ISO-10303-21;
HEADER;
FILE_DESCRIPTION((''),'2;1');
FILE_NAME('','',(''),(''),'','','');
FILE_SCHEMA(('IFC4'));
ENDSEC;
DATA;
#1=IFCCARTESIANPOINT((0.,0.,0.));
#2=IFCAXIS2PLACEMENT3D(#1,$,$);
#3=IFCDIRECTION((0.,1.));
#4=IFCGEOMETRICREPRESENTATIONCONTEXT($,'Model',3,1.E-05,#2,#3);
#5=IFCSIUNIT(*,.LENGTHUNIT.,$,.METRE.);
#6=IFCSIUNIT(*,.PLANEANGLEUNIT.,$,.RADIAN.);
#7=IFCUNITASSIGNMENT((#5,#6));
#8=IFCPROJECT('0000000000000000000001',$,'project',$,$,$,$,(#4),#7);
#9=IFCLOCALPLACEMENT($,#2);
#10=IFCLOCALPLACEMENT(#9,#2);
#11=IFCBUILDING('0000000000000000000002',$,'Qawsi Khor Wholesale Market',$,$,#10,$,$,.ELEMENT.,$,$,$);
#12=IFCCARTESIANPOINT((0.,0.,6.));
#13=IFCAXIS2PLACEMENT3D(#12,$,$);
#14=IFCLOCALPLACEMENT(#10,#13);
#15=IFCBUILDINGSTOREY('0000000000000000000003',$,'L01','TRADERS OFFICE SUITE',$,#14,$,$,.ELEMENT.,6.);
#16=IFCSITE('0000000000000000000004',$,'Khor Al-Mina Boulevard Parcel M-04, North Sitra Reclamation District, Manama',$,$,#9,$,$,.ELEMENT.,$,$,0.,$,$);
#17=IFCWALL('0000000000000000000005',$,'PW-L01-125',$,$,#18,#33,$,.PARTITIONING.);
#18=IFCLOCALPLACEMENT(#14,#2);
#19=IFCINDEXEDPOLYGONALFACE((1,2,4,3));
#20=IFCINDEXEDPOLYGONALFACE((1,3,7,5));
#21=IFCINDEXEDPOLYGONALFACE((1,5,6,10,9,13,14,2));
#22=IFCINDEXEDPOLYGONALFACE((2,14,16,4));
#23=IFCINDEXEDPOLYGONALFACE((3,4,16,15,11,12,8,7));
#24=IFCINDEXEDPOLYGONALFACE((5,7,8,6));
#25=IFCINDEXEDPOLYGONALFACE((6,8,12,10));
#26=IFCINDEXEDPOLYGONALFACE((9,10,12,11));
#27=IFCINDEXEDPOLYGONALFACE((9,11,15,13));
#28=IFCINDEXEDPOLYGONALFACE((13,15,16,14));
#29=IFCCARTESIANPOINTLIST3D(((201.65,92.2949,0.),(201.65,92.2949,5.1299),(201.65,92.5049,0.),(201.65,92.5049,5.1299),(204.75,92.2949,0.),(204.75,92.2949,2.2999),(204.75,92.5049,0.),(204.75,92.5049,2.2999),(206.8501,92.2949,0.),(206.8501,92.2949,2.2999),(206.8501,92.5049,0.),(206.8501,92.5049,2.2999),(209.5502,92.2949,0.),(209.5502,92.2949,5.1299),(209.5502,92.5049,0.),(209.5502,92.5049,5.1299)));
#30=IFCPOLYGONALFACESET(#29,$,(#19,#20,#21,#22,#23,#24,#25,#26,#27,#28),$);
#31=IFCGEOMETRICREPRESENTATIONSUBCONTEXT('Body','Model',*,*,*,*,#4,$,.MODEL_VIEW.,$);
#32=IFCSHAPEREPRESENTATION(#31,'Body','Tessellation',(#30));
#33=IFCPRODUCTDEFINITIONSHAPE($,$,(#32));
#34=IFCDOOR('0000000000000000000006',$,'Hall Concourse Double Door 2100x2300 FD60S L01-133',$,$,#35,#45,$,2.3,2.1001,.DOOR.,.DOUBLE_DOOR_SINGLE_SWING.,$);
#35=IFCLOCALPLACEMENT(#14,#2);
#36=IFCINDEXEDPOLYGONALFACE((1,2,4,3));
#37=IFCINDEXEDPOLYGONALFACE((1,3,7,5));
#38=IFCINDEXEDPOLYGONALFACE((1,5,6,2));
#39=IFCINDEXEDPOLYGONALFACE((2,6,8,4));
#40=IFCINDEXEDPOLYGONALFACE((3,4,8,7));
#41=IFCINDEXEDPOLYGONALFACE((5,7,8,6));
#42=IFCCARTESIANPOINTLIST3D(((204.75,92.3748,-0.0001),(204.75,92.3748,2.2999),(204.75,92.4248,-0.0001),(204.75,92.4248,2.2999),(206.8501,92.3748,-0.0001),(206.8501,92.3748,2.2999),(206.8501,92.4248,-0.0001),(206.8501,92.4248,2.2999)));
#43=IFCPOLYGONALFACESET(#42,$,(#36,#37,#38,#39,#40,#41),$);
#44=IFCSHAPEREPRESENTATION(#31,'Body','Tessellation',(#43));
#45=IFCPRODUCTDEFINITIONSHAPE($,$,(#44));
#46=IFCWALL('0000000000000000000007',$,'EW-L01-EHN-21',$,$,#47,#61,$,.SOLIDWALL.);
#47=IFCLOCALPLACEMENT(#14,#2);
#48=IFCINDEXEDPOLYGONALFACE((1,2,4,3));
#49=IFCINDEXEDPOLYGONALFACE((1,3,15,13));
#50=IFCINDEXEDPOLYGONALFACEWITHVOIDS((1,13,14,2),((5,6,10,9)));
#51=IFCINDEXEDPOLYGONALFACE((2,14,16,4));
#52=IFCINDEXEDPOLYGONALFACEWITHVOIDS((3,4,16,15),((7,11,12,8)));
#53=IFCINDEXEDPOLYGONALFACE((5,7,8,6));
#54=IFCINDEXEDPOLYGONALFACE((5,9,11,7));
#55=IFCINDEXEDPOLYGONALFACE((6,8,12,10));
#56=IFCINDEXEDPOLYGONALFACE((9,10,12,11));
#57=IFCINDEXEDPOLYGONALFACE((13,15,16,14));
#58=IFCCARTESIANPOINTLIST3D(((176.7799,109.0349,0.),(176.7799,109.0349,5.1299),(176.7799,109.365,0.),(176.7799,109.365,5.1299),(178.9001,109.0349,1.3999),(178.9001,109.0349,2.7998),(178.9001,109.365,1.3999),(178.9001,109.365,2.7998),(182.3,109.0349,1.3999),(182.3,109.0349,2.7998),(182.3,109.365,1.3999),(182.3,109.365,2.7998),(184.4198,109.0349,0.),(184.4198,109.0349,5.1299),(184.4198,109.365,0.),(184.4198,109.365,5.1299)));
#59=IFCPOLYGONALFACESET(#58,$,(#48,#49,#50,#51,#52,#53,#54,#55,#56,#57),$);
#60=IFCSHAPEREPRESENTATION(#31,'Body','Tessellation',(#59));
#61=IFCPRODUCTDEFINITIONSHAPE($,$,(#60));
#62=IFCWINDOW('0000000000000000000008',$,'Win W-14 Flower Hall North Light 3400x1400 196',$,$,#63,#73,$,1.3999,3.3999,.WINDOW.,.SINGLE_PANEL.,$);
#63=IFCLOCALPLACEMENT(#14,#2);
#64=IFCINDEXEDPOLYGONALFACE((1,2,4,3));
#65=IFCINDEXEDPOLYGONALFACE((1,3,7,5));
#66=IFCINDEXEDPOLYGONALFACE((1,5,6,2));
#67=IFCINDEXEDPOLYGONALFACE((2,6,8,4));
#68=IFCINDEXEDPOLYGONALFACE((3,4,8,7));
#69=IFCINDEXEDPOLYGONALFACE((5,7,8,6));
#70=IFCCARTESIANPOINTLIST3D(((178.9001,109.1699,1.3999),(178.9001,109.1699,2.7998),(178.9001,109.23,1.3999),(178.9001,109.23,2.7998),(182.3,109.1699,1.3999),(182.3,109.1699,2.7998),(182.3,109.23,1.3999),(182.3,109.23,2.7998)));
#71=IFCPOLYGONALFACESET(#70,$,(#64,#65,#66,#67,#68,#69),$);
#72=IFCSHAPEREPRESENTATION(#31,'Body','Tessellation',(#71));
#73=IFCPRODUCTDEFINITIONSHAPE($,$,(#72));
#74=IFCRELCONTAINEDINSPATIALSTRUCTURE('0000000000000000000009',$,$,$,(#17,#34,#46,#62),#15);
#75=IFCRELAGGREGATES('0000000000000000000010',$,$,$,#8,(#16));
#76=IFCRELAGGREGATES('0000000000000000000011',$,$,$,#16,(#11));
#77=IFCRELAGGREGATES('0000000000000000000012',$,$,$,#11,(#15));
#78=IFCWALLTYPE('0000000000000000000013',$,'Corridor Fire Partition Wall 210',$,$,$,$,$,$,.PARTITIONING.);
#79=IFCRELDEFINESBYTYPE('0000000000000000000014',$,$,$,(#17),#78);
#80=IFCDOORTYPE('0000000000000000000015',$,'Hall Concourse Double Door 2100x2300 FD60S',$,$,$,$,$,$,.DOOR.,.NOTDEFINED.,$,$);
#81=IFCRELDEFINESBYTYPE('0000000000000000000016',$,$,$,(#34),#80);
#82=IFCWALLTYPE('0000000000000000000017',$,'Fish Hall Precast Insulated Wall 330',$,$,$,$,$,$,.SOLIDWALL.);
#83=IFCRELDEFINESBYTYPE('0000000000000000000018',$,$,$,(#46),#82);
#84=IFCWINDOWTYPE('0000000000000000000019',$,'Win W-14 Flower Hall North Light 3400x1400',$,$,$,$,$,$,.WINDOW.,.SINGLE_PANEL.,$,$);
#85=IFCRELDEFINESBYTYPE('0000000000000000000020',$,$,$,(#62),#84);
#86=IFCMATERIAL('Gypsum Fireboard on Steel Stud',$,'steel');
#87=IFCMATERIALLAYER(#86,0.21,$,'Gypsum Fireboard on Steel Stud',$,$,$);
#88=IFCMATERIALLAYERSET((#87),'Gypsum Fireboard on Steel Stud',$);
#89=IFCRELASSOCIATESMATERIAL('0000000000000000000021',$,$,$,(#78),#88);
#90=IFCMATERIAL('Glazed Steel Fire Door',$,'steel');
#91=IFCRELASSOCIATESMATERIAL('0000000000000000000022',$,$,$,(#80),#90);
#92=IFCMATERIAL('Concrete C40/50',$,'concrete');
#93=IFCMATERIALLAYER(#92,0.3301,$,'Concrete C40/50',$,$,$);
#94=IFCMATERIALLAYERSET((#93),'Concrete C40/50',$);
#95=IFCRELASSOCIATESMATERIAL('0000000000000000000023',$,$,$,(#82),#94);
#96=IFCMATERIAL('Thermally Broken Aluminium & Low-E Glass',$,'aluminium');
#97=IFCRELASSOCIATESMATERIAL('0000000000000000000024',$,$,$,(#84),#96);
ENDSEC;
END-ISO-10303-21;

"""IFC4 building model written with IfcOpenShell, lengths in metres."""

from ifc_helpers import new_model, si_unit, direction, frame, frame_2d, origin, place, context, subcontext, project, spatial, rectangle, extrude, material, layer, layer_set, type_object, element, fill, save


model = new_model("IFC4")

# Units and contexts
model_context = context("Model", 3, precision=1e-05, world=origin(), true_north=direction((0.0, 1.0)))
body_context = subcontext(model_context, "Body", "Model", "MODEL_VIEW")
ifc_project = project(units=[si_unit("LENGTHUNIT", "METRE"), si_unit("PLANEANGLEUNIT", "RADIAN")], contexts=[model_context])

# Site, building, storey
site_placement = place(None, origin())
site = spatial("IfcSite", under=ifc_project, at=site_placement, Name="Khor Al-Mina Boulevard Parcel M-04, North Sitra Reclamation District, Manama", CompositionType="ELEMENT", RefElevation=0.0)
building_placement = place(site_placement, origin())
building = spatial("IfcBuilding", under=site, at=building_placement, Name="Qawsi Khor Wholesale Market", CompositionType="ELEMENT")
storey_placement = place(building_placement, frame((0.0, 0.0, 6.0)))
storey = spatial("IfcBuildingStorey", under=building, at=storey_placement, Name="L01", Description="TRADERS OFFICE SUITE", CompositionType="ELEMENT", Elevation=6.0)

# Shared definitions
ifc_material_1 = material(Name="Concrete C40/50", Category="concrete")

# Wall, opening, door
ifc_material_2 = material(Name="Gypsum Fireboard on Steel Stud", Category="steel")
ifc_layer_1 = layer(ifc_material_2, 0.21, Name="Gypsum Fireboard on Steel Stud")
ifc_layer_set_1 = layer_set([ifc_layer_1], Name="Gypsum Fireboard on Steel Stud")
wall_type_1 = type_object("IfcWallType", Name="Corridor Fire Partition Wall 210", PredefinedType="PARTITIONING", material=ifc_layer_set_1)
wall_1_placement = place(storey_placement, frame((201.6499, 92.3999, 0.0), z_axis=(0.0, 0.0, 1.0), x_axis=(1.0, 0.0, 0.0)))
wall_1 = element("IfcWall", 1, at=wall_1_placement, inside=storey, type_object=wall_type_1, Name="PW-L01-125", PredefinedType="PARTITIONING", context=body_context, shape_type="SweptSolid", body=[
    extrude(rectangle(XDim=7.9001, YDim=0.21, at=frame_2d((3.9502, 0.0))), origin(), (0.0, 0.0, 1.0), 5.1299),
])
opening_1_placement = place(wall_1_placement, frame((3.1001, 0.0, 0.0)))
opening_1 = element("IfcOpeningElement", 2, at=opening_1_placement, cuts=wall_1, PredefinedType="OPENING", context=body_context, shape_type="SweptSolid", body=[
    extrude(rectangle(XDim=2.1001, YDim=2.3, at=frame_2d((1.05, 1.1499))), frame((0.0, 0.115, 0.0), z_axis=(0.0, -1.0, 0.0), x_axis=(1.0, 0.0, 0.0)), (0.0, 0.0, 1.0), 0.23),
])
ifc_material_3 = material(Name="Glazed Steel Fire Door", Category="steel")
door_type = type_object("IfcDoorType", Name="Hall Concourse Double Door 2100x2300 FD60S", OperationType="NOTDEFINED", PredefinedType="DOOR", material=ifc_material_3)
door_placement = place(opening_1_placement, origin())
door = element("IfcDoor", 3, at=door_placement, inside=storey, type_object=door_type, Name="Hall Concourse Double Door 2100x2300 FD60S L01-133", OperationType="DOUBLE_DOOR_SINGLE_SWING", OverallHeight=2.3, OverallWidth=2.1001, PredefinedType="DOOR", context=body_context, shape_type="SweptSolid", body=[
    extrude(rectangle(XDim=2.1001, YDim=2.3, at=frame_2d((1.05, 1.1499))), frame((0.0, 0.0249, 0.0), z_axis=(0.0, -1.0, 0.0), x_axis=(1.0, 0.0, 0.0)), (0.0, 0.0, 1.0), 0.05),
])
fill(opening_1, door)

# Wall, opening, window
ifc_layer_2 = layer(ifc_material_1, 0.3301, Name="Concrete C40/50")
ifc_layer_set_2 = layer_set([ifc_layer_2], Name="Concrete C40/50")
wall_type_2 = type_object("IfcWallType", Name="Fish Hall Precast Insulated Wall 330", PredefinedType="SOLIDWALL", material=ifc_layer_set_2)
wall_2_placement = place(storey_placement, frame((176.78, 109.2, 0.0), z_axis=(0.0, 0.0, 1.0), x_axis=(1.0, 0.0, 0.0)))
wall_2 = element("IfcWall", 4, at=wall_2_placement, inside=storey, type_object=wall_type_2, Name="EW-L01-EHN-21", PredefinedType="SOLIDWALL", context=body_context, shape_type="SweptSolid", body=[
    extrude(rectangle(XDim=7.6399, YDim=0.3301, at=frame_2d((3.8198, 0.0))), origin(), (0.0, 0.0, 1.0), 5.1299),
])
opening_2_placement = place(wall_2_placement, frame((2.1201, 0.0, 1.3999)))
opening_2 = element("IfcOpeningElement", 5, at=opening_2_placement, cuts=wall_2, PredefinedType="OPENING", context=body_context, shape_type="SweptSolid", body=[
    extrude(rectangle(XDim=3.3999, YDim=1.3999, at=frame_2d((1.7, 0.7))), frame((0.0, 0.175, 0.0), z_axis=(0.0, -1.0, 0.0), x_axis=(1.0, 0.0, 0.0)), (0.0, 0.0, 1.0), 0.3501),
])
ifc_material_4 = material(Name="Thermally Broken Aluminium & Low-E Glass", Category="aluminium")
window_type = type_object("IfcWindowType", Name="Win W-14 Flower Hall North Light 3400x1400", PartitioningType="SINGLE_PANEL", PredefinedType="WINDOW", material=ifc_material_4)
window_placement = place(opening_2_placement, origin())
window = element("IfcWindow", 6, at=window_placement, inside=storey, type_object=window_type, Name="Win W-14 Flower Hall North Light 3400x1400 196", OverallHeight=1.3999, OverallWidth=3.3999, PartitioningType="SINGLE_PANEL", PredefinedType="WINDOW", context=body_context, shape_type="SweptSolid", body=[
    extrude(rectangle(XDim=3.3999, YDim=1.3999, at=frame_2d((1.7, 0.7))), frame((0.0, 0.03, 0.0), z_axis=(0.0, -1.0, 0.0), x_axis=(1.0, 0.0, 0.0)), (0.0, 0.0, 1.0), 0.0601),
])
fill(opening_2, window)

save(model, "model.ifc")
